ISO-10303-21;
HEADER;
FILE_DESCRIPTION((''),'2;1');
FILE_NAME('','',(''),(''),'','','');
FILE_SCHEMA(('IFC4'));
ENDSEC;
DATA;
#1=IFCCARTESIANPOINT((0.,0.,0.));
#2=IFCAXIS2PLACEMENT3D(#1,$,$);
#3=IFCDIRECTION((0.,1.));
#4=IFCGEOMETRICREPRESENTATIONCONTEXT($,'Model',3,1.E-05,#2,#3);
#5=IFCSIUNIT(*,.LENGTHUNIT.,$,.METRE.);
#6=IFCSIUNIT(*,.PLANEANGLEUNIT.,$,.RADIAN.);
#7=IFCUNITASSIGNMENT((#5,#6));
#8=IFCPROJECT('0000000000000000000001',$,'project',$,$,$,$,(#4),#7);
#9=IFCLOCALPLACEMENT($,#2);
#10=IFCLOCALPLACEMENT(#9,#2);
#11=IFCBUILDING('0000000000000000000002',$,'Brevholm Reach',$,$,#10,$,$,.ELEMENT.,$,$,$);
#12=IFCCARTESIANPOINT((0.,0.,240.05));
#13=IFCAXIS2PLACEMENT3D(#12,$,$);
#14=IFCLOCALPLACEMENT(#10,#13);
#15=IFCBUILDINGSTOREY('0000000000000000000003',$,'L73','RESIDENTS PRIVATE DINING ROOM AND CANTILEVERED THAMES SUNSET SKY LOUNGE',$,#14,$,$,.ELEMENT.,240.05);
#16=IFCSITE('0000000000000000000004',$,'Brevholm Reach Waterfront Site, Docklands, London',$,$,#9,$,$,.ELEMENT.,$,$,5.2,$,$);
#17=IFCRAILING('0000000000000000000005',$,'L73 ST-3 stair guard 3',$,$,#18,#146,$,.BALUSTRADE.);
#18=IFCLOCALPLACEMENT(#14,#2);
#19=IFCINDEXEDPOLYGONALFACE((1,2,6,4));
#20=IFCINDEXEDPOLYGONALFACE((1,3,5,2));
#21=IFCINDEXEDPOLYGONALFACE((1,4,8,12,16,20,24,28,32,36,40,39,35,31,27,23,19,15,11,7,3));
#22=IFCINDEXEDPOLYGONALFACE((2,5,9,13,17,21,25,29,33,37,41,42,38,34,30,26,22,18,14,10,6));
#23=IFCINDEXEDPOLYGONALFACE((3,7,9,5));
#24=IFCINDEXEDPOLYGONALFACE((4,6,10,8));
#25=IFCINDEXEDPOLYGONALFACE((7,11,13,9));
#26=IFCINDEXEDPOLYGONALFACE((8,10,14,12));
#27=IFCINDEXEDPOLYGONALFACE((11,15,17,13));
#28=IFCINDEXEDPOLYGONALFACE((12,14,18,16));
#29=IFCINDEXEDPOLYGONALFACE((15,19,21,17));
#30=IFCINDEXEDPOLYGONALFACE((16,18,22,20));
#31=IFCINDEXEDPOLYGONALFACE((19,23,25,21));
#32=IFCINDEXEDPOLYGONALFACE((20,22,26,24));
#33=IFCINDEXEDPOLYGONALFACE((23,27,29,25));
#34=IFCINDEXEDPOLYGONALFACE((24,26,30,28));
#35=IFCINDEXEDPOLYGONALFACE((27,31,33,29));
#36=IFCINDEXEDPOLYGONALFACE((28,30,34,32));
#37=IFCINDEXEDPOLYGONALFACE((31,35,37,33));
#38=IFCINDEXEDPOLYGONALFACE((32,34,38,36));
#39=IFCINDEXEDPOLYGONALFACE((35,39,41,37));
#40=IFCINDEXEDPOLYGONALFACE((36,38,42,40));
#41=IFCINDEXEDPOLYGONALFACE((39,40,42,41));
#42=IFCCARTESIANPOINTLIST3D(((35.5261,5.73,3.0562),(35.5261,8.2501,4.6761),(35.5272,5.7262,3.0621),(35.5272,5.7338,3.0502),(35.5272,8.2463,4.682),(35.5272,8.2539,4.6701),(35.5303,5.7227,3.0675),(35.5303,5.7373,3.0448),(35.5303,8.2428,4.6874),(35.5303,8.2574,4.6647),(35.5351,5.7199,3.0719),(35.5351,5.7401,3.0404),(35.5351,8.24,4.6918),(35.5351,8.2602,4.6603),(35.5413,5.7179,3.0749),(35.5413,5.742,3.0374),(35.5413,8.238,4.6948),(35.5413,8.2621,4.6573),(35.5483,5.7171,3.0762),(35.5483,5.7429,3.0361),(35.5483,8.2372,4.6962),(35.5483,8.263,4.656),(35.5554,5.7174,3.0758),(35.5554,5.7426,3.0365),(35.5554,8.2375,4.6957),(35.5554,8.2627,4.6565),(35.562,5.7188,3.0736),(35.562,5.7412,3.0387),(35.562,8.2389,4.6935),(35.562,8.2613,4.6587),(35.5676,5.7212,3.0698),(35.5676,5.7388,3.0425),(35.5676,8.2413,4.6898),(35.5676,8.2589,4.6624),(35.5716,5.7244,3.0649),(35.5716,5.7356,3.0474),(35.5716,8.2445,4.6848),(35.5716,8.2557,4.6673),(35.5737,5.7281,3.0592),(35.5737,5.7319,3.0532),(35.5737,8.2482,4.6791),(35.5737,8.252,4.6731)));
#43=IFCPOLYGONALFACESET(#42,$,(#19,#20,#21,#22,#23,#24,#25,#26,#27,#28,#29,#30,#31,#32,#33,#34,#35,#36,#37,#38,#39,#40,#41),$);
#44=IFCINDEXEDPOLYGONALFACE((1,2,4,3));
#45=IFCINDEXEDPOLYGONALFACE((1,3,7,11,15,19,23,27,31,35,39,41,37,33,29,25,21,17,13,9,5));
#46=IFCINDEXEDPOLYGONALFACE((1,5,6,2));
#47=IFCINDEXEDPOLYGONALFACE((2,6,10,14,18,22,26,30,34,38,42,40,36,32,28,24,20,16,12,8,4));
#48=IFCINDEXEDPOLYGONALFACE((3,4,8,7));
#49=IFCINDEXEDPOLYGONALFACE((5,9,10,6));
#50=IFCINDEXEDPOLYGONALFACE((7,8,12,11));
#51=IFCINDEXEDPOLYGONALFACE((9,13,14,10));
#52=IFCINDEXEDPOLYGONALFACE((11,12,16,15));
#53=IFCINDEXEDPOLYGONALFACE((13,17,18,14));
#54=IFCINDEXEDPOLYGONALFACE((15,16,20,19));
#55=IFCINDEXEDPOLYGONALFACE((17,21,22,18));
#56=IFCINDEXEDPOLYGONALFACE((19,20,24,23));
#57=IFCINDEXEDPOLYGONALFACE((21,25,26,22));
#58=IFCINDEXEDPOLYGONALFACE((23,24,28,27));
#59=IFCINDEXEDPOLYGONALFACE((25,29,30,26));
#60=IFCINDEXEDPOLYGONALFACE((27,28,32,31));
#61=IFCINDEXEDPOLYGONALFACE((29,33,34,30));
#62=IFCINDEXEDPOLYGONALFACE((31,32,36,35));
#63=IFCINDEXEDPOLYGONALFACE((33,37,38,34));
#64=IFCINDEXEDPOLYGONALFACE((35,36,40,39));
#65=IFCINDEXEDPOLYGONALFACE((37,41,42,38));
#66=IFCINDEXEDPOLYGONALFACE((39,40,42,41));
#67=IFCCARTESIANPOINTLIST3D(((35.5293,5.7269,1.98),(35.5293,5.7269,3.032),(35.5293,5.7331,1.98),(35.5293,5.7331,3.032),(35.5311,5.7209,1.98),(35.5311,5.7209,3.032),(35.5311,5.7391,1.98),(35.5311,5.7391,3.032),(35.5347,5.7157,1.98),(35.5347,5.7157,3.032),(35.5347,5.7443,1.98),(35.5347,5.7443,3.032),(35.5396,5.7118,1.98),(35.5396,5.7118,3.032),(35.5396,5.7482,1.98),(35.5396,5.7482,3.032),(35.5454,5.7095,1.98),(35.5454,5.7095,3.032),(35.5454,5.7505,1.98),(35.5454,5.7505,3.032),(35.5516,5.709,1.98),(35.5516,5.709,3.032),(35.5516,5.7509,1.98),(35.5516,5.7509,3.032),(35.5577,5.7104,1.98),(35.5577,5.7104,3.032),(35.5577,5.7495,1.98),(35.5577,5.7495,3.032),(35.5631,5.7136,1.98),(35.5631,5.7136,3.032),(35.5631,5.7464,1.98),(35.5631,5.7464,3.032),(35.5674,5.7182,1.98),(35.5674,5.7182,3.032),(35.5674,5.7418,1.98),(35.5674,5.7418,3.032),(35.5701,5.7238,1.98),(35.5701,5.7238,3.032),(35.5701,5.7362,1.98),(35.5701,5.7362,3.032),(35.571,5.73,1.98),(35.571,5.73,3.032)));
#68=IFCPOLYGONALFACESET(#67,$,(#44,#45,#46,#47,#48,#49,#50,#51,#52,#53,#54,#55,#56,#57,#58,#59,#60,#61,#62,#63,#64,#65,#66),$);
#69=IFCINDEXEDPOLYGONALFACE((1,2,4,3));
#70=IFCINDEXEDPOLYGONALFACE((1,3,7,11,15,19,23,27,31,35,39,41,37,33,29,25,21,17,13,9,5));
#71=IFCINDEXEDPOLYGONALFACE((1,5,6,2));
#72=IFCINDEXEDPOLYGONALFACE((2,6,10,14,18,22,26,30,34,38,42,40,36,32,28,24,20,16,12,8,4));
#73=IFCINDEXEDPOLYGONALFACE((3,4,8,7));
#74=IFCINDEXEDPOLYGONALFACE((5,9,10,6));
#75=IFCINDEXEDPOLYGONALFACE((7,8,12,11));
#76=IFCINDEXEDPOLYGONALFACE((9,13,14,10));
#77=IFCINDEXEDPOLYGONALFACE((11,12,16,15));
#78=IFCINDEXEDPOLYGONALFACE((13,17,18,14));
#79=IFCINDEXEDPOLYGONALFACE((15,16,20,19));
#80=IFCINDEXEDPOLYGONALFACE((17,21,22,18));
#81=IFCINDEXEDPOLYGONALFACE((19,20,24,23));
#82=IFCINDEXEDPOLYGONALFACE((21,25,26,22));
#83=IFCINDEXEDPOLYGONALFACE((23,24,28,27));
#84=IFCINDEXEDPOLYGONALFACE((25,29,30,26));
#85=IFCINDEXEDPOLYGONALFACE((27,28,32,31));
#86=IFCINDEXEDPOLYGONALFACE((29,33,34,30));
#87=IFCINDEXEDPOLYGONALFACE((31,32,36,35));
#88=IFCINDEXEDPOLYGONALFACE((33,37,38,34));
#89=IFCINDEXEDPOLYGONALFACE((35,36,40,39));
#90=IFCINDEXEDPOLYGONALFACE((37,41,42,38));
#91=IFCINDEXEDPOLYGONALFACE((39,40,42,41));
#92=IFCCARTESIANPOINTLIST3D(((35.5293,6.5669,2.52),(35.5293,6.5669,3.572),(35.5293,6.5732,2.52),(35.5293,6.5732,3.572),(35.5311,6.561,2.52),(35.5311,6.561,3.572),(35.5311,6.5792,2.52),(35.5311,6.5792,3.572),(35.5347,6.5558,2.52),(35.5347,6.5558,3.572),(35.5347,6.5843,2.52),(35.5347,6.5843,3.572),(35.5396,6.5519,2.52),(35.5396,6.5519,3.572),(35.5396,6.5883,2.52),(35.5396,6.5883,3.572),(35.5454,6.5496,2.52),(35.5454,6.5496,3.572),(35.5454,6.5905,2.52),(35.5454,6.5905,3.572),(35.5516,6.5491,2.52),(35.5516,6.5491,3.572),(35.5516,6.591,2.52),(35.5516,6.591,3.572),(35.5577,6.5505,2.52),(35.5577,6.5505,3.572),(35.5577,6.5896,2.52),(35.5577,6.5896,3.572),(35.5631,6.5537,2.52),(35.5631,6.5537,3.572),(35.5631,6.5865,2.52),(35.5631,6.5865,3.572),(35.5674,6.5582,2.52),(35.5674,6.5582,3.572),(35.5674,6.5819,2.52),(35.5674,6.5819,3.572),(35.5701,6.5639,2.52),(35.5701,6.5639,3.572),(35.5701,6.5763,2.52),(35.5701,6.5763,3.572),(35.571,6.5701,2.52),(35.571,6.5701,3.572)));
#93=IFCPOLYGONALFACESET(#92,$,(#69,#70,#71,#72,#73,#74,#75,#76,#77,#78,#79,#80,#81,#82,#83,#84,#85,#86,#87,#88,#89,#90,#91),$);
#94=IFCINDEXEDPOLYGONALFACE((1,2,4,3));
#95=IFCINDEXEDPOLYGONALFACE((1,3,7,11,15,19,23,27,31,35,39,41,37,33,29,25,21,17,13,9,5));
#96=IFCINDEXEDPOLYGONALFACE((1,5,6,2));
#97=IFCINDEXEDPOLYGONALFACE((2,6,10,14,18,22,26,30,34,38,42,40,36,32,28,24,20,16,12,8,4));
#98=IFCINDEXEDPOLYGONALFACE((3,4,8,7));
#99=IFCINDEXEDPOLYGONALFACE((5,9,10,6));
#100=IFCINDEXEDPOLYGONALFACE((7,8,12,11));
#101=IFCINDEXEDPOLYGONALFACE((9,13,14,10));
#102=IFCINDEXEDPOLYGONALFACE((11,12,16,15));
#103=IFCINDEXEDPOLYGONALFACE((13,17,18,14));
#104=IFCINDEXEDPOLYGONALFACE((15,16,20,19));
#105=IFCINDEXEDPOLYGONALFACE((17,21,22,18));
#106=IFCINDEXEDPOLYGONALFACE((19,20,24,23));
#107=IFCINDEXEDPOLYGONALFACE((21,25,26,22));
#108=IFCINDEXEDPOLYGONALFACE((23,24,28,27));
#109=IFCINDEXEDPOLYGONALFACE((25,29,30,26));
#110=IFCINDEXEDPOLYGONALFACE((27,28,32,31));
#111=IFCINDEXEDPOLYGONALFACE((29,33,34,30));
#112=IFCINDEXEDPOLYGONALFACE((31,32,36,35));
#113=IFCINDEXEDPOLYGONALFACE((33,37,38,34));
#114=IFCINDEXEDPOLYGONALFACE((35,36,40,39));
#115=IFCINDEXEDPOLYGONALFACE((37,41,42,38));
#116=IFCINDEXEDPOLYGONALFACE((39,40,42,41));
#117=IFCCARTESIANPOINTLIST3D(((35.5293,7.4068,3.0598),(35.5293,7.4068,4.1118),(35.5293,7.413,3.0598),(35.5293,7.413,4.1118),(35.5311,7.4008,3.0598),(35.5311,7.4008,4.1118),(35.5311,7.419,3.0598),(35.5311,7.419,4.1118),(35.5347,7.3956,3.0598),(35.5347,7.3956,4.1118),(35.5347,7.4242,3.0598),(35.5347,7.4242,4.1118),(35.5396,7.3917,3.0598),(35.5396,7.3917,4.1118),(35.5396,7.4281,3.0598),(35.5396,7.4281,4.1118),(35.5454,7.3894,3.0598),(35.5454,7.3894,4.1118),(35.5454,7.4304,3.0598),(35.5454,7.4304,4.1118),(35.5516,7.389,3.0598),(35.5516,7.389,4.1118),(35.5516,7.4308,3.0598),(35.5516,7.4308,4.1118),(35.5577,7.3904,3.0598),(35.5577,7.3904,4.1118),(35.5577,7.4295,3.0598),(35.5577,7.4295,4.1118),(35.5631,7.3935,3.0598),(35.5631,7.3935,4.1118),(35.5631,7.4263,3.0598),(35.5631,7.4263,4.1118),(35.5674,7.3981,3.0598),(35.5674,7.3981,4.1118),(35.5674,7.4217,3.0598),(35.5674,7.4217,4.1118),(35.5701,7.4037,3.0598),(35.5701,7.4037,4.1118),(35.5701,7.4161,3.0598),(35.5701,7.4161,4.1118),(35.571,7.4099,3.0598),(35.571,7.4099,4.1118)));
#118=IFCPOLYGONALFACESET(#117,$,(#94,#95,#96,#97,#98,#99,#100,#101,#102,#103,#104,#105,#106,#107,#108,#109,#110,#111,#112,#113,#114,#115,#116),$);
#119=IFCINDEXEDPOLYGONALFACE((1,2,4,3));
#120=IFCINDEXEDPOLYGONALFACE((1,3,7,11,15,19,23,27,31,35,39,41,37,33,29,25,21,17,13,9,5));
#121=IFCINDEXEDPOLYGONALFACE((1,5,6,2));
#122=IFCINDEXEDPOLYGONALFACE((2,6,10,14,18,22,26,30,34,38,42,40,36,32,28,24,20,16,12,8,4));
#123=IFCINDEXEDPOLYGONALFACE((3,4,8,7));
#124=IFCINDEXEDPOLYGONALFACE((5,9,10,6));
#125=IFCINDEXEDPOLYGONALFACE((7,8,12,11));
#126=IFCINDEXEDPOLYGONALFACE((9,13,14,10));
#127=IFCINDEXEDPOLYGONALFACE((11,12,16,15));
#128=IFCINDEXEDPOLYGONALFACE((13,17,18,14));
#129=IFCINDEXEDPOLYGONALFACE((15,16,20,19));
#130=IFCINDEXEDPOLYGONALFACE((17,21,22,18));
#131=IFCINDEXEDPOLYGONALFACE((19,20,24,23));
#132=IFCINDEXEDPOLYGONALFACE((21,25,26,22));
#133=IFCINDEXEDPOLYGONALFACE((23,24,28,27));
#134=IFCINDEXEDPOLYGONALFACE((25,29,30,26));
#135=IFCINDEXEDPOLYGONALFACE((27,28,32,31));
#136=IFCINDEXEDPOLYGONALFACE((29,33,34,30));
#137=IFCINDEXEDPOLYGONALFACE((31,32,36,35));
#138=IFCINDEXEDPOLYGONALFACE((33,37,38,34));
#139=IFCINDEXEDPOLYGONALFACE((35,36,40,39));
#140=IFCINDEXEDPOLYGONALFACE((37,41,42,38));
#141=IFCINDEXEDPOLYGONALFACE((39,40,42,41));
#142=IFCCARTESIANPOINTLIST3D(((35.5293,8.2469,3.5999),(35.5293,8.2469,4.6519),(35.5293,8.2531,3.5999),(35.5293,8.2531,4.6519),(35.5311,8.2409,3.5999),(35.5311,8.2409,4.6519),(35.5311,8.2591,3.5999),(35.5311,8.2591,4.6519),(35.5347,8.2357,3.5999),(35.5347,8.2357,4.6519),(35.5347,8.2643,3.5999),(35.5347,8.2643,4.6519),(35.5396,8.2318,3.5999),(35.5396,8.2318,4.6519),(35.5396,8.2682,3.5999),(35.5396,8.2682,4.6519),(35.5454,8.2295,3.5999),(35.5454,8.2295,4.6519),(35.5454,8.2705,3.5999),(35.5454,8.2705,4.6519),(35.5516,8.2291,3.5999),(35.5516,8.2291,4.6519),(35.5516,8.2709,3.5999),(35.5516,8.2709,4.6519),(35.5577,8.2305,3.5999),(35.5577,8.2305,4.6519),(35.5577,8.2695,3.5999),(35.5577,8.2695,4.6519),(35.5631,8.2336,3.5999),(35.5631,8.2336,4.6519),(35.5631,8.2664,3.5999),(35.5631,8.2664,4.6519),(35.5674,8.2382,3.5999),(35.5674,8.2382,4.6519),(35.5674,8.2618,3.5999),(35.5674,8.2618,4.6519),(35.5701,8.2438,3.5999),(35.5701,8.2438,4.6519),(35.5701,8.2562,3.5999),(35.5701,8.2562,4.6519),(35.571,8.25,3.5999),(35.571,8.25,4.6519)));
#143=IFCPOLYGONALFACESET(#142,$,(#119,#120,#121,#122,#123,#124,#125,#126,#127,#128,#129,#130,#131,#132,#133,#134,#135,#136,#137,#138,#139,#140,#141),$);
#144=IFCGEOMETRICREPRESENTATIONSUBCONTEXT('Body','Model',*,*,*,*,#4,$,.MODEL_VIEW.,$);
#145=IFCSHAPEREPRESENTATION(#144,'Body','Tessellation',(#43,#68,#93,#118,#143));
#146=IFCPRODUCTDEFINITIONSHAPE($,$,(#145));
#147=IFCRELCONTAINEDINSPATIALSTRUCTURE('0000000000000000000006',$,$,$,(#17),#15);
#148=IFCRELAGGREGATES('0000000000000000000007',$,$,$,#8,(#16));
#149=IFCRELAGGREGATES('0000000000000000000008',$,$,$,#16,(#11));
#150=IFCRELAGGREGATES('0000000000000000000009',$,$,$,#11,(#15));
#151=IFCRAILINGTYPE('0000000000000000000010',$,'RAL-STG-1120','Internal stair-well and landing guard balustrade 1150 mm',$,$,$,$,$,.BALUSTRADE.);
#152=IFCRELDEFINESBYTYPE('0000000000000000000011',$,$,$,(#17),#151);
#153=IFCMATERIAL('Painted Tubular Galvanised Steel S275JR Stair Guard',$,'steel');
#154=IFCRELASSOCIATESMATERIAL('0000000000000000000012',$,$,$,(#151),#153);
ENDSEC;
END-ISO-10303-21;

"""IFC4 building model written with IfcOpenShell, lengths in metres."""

from ifc_helpers import new_model, si_unit, direction, frame, origin, origin_2d, place, context, subcontext, project, spatial, circle, extrude, material, type_object, element, save


model = new_model("IFC4")

# Units and contexts
model_context = context("Model", 3, precision=1e-05, world=origin(), true_north=direction((0.0, 1.0)))
body_context = subcontext(model_context, "Body", "Model", "MODEL_VIEW")
ifc_project = project(units=[si_unit("LENGTHUNIT", "METRE"), si_unit("PLANEANGLEUNIT", "RADIAN")], contexts=[model_context])

# Site, building, storey
site_placement = place(None, origin())
site = spatial("IfcSite", under=ifc_project, at=site_placement, Name="Brevholm Reach Waterfront Site, Docklands, London", CompositionType="ELEMENT", RefElevation=5.2)
building_placement = place(site_placement, origin())
building = spatial("IfcBuilding", under=site, at=building_placement, Name="Brevholm Reach", CompositionType="ELEMENT")
storey_placement = place(building_placement, frame((0.0, 0.0, 240.05)))
storey = spatial("IfcBuildingStorey", under=building, at=storey_placement, Name="L73", Description="RESIDENTS PRIVATE DINING ROOM AND CANTILEVERED THAMES SUNSET SKY LOUNGE", CompositionType="ELEMENT", Elevation=240.05)

# Railing
ifc_material_1 = material(Name="Painted Tubular Galvanised Steel S275JR Stair Guard", Category="steel")
railing_type_1 = type_object("IfcRailingType", Name="RAL-STG-1120", Description="Internal stair-well and landing guard balustrade 1150 mm", PredefinedType="BALUSTRADE", material=ifc_material_1)
railing_1_placement = place(storey_placement, frame((35.55, 5.73, 1.98)))
element("IfcRailing", 1, at=railing_1_placement, inside=storey, type_object=railing_type_1, Name="L73 ST-3 stair guard 3", PredefinedType="BALUSTRADE", context=body_context, shape_type="SweptSolid", body=[
    extrude(circle(Radius=0.0239, at=origin_2d()), frame((0.0, 0.0, 1.0762), z_axis=(0.0, 0.8412, 0.540725), x_axis=(-1.0, 0.0, 0.0)), (0.0, 0.0, 1.0), 2.9958),
    extrude(circle(Radius=0.021, at=origin_2d()), origin(), (0.0, 0.0, 1.0), 1.052),
    extrude(circle(Radius=0.021, at=origin_2d()), frame((0.0, 0.8401, 0.54)), (0.0, 0.0, 1.0), 1.052),
    extrude(circle(Radius=0.021, at=origin_2d()), frame((0.0, 1.6799, 1.0798)), (0.0, 0.0, 1.0), 1.052),
    extrude(circle(Radius=0.021, at=origin_2d()), frame((0.0, 2.52, 1.6199)), (0.0, 0.0, 1.0), 1.052),
])

save(model, "model.ifc")
